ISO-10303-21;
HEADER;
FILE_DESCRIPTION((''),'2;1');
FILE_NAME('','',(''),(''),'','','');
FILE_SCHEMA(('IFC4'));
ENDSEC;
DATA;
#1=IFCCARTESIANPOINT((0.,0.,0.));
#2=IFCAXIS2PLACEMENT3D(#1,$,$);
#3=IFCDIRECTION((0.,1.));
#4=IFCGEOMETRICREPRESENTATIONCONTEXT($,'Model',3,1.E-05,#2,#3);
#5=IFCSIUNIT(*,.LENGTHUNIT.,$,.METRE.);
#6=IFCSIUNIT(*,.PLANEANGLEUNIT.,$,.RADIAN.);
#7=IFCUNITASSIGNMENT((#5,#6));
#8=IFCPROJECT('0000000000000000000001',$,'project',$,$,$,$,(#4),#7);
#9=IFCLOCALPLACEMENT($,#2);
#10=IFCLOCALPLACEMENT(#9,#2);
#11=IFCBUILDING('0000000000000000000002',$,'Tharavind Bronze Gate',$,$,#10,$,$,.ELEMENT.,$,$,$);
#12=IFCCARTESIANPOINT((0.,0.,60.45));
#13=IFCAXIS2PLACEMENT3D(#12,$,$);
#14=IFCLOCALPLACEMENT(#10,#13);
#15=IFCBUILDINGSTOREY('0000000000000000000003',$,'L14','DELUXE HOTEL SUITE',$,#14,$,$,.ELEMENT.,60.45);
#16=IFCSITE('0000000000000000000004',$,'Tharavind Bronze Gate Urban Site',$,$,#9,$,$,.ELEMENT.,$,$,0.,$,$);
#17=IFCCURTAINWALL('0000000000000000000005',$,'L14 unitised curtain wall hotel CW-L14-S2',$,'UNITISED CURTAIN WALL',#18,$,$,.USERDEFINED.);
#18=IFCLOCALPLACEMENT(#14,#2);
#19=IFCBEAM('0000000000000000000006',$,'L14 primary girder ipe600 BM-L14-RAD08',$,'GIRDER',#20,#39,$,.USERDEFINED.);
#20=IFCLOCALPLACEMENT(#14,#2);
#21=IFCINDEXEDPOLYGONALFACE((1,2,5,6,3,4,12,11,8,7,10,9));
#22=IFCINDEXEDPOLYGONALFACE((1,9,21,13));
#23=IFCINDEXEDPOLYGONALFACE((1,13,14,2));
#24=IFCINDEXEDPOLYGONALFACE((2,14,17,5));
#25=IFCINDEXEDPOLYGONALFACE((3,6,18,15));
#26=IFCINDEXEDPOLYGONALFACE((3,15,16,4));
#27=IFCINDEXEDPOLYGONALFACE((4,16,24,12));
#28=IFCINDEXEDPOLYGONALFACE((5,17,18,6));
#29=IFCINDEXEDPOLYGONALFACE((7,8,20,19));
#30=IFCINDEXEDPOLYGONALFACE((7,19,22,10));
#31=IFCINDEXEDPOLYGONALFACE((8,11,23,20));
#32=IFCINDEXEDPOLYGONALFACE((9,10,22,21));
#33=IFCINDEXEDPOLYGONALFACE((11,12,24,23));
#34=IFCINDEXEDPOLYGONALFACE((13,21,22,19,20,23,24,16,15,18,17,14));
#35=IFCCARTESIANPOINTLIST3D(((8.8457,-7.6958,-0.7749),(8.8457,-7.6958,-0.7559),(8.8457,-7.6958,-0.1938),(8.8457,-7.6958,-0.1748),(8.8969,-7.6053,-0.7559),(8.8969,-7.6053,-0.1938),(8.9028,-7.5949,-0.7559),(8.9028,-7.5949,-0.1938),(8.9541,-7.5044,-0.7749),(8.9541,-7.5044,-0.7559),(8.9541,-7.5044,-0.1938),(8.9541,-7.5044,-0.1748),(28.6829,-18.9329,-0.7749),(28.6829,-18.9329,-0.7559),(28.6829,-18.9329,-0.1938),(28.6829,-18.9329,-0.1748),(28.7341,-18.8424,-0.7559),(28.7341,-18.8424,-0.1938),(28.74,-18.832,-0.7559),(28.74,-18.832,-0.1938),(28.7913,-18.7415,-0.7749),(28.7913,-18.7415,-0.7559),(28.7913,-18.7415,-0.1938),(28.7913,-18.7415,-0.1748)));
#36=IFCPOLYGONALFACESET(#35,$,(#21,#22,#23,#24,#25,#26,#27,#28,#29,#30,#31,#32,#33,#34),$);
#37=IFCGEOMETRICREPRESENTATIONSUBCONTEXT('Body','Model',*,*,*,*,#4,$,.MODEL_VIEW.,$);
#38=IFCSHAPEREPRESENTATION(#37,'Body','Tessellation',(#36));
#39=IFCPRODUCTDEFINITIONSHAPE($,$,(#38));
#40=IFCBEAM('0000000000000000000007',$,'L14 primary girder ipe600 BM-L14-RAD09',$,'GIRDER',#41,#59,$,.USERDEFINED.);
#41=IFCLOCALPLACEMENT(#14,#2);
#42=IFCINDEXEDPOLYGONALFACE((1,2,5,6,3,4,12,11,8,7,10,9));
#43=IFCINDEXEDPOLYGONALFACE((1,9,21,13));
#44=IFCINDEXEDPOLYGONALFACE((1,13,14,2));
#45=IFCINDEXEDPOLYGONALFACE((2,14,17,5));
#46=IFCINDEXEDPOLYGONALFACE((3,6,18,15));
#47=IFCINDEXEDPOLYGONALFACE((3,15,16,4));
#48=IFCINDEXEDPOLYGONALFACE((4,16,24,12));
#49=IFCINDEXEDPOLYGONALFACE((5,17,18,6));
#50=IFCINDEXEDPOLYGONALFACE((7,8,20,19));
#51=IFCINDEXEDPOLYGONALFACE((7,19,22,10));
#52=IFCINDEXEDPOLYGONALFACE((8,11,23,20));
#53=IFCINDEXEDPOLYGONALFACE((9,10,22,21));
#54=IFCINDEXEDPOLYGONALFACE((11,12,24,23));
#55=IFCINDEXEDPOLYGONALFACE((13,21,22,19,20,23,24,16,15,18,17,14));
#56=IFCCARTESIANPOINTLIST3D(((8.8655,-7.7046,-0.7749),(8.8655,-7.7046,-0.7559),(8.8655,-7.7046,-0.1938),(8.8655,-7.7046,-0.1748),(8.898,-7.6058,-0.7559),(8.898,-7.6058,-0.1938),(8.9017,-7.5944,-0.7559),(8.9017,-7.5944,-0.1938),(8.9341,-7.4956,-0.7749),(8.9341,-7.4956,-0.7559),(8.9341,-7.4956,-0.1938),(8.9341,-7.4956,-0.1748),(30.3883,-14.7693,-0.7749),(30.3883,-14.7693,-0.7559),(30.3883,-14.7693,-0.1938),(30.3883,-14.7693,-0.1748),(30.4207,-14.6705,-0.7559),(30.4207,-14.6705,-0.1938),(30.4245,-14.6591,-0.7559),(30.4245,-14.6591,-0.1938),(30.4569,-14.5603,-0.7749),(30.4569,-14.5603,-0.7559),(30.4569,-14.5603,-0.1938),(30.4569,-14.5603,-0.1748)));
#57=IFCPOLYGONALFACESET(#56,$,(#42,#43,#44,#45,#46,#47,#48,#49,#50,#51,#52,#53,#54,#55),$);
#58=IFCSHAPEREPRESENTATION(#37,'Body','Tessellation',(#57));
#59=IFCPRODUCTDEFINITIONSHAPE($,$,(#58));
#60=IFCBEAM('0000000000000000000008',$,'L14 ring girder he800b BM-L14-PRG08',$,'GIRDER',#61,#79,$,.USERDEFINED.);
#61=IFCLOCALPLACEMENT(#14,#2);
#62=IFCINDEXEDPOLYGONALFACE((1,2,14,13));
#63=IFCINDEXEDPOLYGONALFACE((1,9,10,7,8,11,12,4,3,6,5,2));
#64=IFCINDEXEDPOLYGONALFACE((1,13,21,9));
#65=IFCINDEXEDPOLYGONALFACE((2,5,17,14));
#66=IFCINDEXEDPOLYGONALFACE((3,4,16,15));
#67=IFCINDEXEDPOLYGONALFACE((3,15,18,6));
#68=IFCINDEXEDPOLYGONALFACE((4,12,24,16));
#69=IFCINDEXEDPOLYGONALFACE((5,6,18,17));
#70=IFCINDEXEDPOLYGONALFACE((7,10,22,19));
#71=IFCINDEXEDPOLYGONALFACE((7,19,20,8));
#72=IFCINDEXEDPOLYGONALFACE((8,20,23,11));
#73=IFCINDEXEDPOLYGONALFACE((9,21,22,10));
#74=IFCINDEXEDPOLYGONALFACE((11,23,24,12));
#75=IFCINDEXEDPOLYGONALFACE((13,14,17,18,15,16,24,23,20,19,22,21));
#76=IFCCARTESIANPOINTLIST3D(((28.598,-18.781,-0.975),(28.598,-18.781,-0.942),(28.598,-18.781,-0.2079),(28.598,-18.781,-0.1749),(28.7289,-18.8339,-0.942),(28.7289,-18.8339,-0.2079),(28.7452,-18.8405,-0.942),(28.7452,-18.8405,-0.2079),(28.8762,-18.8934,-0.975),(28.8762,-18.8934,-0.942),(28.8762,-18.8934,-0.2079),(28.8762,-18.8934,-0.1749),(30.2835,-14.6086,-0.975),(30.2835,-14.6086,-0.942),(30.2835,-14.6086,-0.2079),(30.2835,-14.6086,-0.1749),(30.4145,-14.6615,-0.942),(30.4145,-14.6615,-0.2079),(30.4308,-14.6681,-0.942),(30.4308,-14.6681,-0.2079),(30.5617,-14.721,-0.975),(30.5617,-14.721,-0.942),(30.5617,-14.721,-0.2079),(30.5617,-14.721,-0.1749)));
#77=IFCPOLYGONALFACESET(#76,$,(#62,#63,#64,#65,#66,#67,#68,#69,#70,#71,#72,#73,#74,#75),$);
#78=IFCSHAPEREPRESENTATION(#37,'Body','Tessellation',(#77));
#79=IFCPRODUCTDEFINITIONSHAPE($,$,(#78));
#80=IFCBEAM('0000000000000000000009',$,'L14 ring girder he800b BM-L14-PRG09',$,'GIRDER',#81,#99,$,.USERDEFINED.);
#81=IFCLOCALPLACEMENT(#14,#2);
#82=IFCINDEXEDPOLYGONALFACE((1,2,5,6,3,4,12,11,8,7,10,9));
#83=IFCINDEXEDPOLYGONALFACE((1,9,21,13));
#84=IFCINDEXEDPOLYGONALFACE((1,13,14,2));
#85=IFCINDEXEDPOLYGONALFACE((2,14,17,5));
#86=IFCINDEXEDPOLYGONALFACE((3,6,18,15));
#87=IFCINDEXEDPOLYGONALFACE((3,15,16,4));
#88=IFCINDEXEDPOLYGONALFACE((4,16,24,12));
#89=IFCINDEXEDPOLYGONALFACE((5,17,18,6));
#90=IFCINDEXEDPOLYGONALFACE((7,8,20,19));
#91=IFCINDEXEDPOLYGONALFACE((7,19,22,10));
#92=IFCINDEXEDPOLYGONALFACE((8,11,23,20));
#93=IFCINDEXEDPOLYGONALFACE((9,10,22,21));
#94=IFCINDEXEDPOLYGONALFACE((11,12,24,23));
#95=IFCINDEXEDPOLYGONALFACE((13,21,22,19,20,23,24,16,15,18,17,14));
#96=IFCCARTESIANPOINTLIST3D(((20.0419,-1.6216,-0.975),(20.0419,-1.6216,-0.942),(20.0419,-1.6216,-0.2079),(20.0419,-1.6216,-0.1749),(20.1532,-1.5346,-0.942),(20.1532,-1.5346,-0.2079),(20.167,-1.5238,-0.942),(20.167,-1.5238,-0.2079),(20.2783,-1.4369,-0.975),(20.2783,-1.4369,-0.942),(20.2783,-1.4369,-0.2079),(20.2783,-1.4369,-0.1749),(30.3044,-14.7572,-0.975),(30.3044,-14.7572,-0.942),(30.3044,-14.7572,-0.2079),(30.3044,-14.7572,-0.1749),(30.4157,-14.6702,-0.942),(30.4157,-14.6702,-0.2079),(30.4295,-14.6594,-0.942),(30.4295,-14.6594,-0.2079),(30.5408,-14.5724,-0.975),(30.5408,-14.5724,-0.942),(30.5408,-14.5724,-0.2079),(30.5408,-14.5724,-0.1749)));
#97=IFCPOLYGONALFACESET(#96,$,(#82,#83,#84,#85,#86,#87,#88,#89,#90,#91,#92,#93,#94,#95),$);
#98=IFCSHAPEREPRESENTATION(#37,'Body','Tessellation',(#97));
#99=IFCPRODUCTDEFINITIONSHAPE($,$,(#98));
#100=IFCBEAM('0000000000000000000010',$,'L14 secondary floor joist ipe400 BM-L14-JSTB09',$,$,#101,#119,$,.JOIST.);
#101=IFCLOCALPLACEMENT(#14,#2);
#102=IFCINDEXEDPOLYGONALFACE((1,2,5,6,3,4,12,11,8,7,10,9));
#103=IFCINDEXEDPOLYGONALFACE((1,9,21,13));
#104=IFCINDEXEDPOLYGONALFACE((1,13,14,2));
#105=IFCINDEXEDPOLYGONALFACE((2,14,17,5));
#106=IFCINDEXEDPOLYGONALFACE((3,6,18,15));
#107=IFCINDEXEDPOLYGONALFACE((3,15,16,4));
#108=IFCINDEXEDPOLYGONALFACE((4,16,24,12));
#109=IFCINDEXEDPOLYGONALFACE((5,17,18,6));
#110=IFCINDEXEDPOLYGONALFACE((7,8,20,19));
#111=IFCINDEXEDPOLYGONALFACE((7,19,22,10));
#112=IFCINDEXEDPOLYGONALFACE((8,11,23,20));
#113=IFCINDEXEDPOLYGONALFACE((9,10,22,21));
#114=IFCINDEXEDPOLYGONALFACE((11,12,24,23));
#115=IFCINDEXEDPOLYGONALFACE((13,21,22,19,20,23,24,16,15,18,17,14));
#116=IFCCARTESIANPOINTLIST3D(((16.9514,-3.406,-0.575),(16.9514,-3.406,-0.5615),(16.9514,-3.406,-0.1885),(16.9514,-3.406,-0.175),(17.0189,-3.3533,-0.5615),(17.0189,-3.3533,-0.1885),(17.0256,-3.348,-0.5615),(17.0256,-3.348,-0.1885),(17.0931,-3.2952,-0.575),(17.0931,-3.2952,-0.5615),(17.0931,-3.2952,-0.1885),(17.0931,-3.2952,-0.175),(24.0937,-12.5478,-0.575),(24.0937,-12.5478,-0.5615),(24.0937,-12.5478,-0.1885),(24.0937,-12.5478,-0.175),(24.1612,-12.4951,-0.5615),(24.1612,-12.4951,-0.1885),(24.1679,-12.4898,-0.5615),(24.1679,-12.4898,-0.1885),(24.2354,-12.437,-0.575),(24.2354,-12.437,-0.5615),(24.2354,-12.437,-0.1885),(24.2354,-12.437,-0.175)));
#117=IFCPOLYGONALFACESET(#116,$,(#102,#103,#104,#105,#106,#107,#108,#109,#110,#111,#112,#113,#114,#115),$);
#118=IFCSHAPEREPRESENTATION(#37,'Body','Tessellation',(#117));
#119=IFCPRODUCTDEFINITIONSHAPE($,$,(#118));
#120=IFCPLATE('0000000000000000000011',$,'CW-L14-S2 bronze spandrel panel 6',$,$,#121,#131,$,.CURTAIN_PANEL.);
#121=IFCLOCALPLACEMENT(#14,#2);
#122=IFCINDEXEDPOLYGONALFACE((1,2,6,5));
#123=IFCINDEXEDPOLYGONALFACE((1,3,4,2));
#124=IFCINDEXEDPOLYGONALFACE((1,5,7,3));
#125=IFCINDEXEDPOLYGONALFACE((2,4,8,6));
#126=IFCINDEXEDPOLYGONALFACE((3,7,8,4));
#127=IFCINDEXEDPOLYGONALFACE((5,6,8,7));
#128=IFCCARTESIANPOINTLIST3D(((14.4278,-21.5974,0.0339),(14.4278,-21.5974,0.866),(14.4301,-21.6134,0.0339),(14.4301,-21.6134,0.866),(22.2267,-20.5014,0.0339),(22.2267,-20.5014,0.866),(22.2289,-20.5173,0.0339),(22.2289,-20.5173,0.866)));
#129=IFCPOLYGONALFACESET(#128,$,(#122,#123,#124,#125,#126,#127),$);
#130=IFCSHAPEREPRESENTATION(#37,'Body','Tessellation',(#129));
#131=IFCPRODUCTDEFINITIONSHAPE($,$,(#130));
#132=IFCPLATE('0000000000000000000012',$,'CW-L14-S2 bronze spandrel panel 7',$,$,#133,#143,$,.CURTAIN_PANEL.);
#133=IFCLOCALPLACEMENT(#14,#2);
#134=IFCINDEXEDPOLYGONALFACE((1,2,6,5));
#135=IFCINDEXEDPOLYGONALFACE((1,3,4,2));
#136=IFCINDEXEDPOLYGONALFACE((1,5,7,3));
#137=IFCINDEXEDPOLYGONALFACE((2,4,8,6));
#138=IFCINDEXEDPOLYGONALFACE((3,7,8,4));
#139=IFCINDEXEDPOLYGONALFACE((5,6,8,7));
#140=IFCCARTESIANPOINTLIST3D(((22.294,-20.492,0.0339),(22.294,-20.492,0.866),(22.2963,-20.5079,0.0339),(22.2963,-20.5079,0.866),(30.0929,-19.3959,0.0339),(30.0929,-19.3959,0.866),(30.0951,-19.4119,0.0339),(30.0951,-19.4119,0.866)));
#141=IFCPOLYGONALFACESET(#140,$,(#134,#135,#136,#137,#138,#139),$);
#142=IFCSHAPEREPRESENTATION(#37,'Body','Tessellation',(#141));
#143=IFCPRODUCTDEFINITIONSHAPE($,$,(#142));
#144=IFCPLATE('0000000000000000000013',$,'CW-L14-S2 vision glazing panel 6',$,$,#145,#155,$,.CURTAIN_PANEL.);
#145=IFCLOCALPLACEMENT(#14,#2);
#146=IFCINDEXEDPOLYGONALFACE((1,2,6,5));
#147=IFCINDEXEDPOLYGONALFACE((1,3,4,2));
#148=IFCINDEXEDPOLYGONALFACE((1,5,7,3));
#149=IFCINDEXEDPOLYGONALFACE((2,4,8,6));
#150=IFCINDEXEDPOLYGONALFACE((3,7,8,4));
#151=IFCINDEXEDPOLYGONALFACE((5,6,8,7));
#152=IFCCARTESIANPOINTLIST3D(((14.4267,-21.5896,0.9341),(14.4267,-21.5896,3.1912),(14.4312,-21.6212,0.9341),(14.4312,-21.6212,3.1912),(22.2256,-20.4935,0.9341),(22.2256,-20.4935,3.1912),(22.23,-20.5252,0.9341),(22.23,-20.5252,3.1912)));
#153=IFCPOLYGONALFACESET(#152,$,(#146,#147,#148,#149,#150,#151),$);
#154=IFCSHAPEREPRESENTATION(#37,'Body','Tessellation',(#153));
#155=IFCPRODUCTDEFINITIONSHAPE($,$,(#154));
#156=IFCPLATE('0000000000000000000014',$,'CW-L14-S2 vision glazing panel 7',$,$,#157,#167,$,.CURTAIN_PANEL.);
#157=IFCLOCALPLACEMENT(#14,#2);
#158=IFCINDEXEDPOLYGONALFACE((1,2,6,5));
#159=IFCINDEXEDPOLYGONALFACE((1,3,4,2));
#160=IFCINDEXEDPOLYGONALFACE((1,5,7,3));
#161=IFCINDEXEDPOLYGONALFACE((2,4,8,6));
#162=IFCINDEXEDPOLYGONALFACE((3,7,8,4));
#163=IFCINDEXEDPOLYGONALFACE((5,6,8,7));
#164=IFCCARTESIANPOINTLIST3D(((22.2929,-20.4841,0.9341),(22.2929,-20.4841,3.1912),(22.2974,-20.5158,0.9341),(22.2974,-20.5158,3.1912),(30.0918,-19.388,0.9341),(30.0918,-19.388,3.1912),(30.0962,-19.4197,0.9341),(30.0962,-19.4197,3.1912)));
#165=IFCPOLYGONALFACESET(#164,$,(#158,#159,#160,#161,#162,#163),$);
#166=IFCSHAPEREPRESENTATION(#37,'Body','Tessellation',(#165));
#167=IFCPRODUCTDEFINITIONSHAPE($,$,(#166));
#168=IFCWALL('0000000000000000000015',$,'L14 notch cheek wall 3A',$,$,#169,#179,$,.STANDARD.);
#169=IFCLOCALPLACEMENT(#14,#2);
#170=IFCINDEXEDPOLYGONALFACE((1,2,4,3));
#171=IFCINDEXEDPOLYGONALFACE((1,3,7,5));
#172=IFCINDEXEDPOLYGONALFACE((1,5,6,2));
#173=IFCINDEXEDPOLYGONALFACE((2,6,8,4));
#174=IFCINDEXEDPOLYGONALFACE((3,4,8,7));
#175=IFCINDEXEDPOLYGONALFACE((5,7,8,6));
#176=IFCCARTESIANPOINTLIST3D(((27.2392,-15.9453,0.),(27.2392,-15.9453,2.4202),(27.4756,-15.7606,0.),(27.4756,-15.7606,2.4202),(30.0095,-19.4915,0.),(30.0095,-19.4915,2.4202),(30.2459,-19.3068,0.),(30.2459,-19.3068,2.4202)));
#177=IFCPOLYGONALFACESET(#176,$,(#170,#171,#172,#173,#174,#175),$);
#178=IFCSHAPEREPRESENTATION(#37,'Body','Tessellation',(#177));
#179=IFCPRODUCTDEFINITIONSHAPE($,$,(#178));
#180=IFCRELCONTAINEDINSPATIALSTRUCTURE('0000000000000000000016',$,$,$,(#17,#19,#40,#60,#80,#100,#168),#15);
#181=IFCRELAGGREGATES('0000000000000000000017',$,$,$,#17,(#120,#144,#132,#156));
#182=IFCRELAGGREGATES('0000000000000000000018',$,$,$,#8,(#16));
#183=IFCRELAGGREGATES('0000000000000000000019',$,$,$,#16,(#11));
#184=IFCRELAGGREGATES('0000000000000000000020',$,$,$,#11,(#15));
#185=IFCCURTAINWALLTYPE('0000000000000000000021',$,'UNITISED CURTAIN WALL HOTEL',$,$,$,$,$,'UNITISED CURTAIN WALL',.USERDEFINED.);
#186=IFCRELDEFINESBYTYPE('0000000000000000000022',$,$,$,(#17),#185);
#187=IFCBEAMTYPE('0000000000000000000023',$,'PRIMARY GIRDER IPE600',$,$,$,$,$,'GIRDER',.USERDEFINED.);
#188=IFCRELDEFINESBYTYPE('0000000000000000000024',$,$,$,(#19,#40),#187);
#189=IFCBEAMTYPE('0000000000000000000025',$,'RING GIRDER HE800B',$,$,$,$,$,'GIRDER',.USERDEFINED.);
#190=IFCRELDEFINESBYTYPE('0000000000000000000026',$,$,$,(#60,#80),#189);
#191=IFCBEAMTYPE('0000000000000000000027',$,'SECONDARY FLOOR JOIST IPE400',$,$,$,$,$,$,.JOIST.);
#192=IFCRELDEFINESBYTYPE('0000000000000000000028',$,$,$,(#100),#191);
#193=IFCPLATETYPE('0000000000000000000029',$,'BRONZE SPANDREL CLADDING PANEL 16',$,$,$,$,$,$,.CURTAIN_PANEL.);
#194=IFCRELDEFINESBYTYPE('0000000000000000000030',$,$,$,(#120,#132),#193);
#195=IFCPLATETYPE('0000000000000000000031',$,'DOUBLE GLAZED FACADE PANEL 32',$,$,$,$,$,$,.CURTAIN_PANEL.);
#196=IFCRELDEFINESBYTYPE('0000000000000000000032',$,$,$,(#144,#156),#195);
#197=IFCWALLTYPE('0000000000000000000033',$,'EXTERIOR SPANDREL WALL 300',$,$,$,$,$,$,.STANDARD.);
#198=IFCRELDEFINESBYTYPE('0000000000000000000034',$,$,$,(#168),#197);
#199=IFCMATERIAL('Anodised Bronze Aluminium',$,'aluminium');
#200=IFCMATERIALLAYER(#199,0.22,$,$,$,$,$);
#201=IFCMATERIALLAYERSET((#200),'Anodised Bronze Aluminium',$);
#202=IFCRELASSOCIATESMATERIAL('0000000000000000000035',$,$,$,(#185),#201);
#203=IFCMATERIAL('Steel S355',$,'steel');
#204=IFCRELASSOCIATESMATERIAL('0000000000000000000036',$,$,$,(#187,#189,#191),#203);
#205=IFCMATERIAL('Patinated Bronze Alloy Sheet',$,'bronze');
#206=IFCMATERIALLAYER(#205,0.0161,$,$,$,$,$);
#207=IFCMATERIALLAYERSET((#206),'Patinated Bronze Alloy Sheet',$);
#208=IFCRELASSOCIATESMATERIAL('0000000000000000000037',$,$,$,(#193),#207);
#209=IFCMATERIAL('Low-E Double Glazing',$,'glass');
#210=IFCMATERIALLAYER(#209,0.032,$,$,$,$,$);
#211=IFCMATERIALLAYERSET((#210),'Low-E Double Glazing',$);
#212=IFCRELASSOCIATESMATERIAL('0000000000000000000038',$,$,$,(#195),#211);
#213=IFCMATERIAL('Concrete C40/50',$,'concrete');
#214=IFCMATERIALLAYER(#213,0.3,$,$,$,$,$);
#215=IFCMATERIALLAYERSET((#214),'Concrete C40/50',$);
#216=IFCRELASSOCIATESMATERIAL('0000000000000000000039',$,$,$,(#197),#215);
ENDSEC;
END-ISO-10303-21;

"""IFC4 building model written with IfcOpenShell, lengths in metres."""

from ifc_helpers import new_model, si_unit, direction, frame, frame_2d, origin, origin_2d, place, context, subcontext, project, spatial, rectangle, i_section, extrude, material, layer, layer_set, material_profile, profile_set, type_object, element, aggregate, save


model = new_model("IFC4")

# Units and contexts
model_context = context("Model", 3, precision=1e-05, world=origin(), true_north=direction((0.0, 1.0)))
body_context = subcontext(model_context, "Body", "Model", "MODEL_VIEW")
ifc_project = project(units=[si_unit("LENGTHUNIT", "METRE"), si_unit("PLANEANGLEUNIT", "RADIAN")], contexts=[model_context])

# Site, building, storey
site_placement = place(None, origin())
site = spatial("IfcSite", under=ifc_project, at=site_placement, Name="Tharavind Bronze Gate Urban Site", CompositionType="ELEMENT", RefElevation=0.0)
building_placement = place(site_placement, origin())
building = spatial("IfcBuilding", under=site, at=building_placement, Name="Tharavind Bronze Gate", CompositionType="ELEMENT")
storey_placement = place(building_placement, frame((0.0, 0.0, 60.45)))
storey = spatial("IfcBuildingStorey", under=building, at=storey_placement, Name="L14", Description="DELUXE HOTEL SUITE", CompositionType="ELEMENT", Elevation=60.45)

# Curtain wall
ifc_material_1 = material(Name="Anodised Bronze Aluminium", Category="aluminium")
ifc_layer_1 = layer(ifc_material_1, 0.22)
ifc_layer_set_1 = layer_set([ifc_layer_1], Name="Anodised Bronze Aluminium")
curtain_wall_type = type_object("IfcCurtainWallType", Name="UNITISED CURTAIN WALL HOTEL", ElementType="UNITISED CURTAIN WALL", PredefinedType="USERDEFINED", material=ifc_layer_set_1)
curtain_wall_1_placement = place(storey_placement, origin())
curtain_wall_1 = element("IfcCurtainWall", 1, at=curtain_wall_1_placement, inside=storey, type_object=curtain_wall_type, Name="L14 unitised curtain wall hotel CW-L14-S2", ObjectType="UNITISED CURTAIN WALL", PredefinedType="USERDEFINED")

# Beams
ifc_material_2 = material(Name="Steel S355", Category="steel")
ifc_material_profile_1 = material_profile(ifc_material_2, i_section(OverallWidth=0.22, OverallDepth=0.6001, WebThickness=0.012, FlangeThickness=0.019, at=origin_2d()), Name="IPE600")
ifc_profile_set_1 = profile_set([ifc_material_profile_1], Name="Steel S355")
beam_type_1 = type_object("IfcBeamType", Name="PRIMARY GIRDER IPE600", ElementType="GIRDER", PredefinedType="USERDEFINED", material=ifc_profile_set_1)
beam_1_placement = place(storey_placement, frame((28.7371, -18.8372, -0.4749), z_axis=(-0.870097, 0.49288, 0.0), x_axis=(-0.49288, -0.870097, 0.0)))
element("IfcBeam", 2, at=beam_1_placement, inside=storey, type_object=beam_type_1, Name="L14 primary girder ipe600 BM-L14-RAD08", ObjectType="GIRDER", PredefinedType="USERDEFINED", context=body_context, shape_type="SweptSolid", body=[
    extrude(i_section(OverallWidth=0.22, OverallDepth=0.6001, WebThickness=0.012, FlangeThickness=0.019, at=origin_2d()), origin(), (0.0, 0.0, 1.0), 22.7988),
])
beam_2_placement = place(storey_placement, frame((30.4226, -14.6648, -0.4749), z_axis=(-0.950124, 0.311872, 0.0), x_axis=(-0.311872, -0.950124, 0.0)))
element("IfcBeam", 3, at=beam_2_placement, inside=storey, type_object=beam_type_1, Name="L14 primary girder ipe600 BM-L14-RAD09", ObjectType="GIRDER", PredefinedType="USERDEFINED", context=body_context, shape_type="SweptSolid", body=[
    extrude(i_section(OverallWidth=0.22, OverallDepth=0.6001, WebThickness=0.012, FlangeThickness=0.019, at=origin_2d()), origin(), (0.0, 0.0, 1.0), 22.6526),
])
ifc_material_profile_2 = material_profile(ifc_material_2, i_section(OverallWidth=0.3, OverallDepth=0.8, WebThickness=0.0176, FlangeThickness=0.033, at=origin_2d()), Name="HE800B")
ifc_profile_set_2 = profile_set([ifc_material_profile_2], Name="Steel S355")
beam_type_2 = type_object("IfcBeamType", Name="RING GIRDER HE800B", ElementType="GIRDER", PredefinedType="USERDEFINED", material=ifc_profile_set_2)
beam_3_placement = place(storey_placement, frame((28.7371, -18.8372, -0.575), z_axis=(0.374569, 0.927199, 0.0), x_axis=(-0.927199, 0.374569, 0.0)))
element("IfcBeam", 4, at=beam_3_placement, inside=storey, type_object=beam_type_2, Name="L14 ring girder he800b BM-L14-PRG08", ObjectType="GIRDER", PredefinedType="USERDEFINED", context=body_context, shape_type="SweptSolid", body=[
    extrude(i_section(OverallWidth=0.3, OverallDepth=0.8, WebThickness=0.0176, FlangeThickness=0.033, at=origin_2d()), origin(), (0.0, 0.0, 1.0), 4.5),
])
beam_4_placement = place(storey_placement, frame((30.4226, -14.6648, -0.575), z_axis=(-0.615657, 0.788014, 0.0), x_axis=(-0.788014, -0.615657, 0.0)))
element("IfcBeam", 5, at=beam_4_placement, inside=storey, type_object=beam_type_2, Name="L14 ring girder he800b BM-L14-PRG09", ObjectType="GIRDER", PredefinedType="USERDEFINED", context=body_context, shape_type="SweptSolid", body=[
    extrude(i_section(OverallWidth=0.3, OverallDepth=0.8, WebThickness=0.0176, FlangeThickness=0.033, at=origin_2d()), origin(), (0.0, 0.0, 1.0), 16.6692),
])
ifc_material_profile_3 = material_profile(ifc_material_2, i_section(OverallWidth=0.1799, OverallDepth=0.3999, WebThickness=0.0085, FlangeThickness=0.0134, at=origin_2d()), Name="IPE400")
ifc_profile_set_3 = profile_set([ifc_material_profile_3], Name="Steel S355")
beam_type_3 = type_object("IfcBeamType", Name="SECONDARY FLOOR JOIST IPE400", PredefinedType="JOIST", material=ifc_profile_set_3)
beam_5_placement = place(storey_placement, frame((24.1646, -12.4924, -0.375), z_axis=(-0.615658, 0.788013, 0.0), x_axis=(-0.788013, -0.615658, 0.0)))
element("IfcBeam", 6, at=beam_5_placement, inside=storey, type_object=beam_type_3, Name="L14 secondary floor joist ipe400 BM-L14-JSTB09", PredefinedType="JOIST", context=body_context, shape_type="SweptSolid", body=[
    extrude(i_section(OverallWidth=0.1799, OverallDepth=0.3999, WebThickness=0.0085, FlangeThickness=0.0134, at=origin_2d()), origin(), (0.0, 0.0, 1.0), 11.6011),
])

# Plates
ifc_material_3 = material(Name="Patinated Bronze Alloy Sheet", Category="bronze")
ifc_layer_2 = layer(ifc_material_3, 0.0161)
ifc_layer_set_2 = layer_set([ifc_layer_2], Name="Patinated Bronze Alloy Sheet")
plate_type_1 = type_object("IfcPlateType", Name="BRONZE SPANDREL CLADDING PANEL 16", PredefinedType="CURTAIN_PANEL", material=ifc_layer_set_2)
plate_1_placement = place(storey_placement, frame((18.3284, -21.0574, 0.0339), z_axis=(0.0, 0.0, 1.0), x_axis=(0.990268, 0.139173, 0.0)))
plate_1 = element("IfcPlate", 7, at=plate_1_placement, type_object=plate_type_1, Name="CW-L14-S2 bronze spandrel panel 6", PredefinedType="CURTAIN_PANEL", context=body_context, shape_type="SweptSolid", body=[
    extrude(rectangle(XDim=7.8755, YDim=0.0161, at=origin_2d()), origin(), (0.0, 0.0, 1.0), 0.832),
])
plate_2_placement = place(storey_placement, frame((26.1946, -19.9519, 0.0339), z_axis=(0.0, 0.0, 1.0), x_axis=(0.990268, 0.139173, 0.0)))
plate_2 = element("IfcPlate", 8, at=plate_2_placement, type_object=plate_type_1, Name="CW-L14-S2 bronze spandrel panel 7", PredefinedType="CURTAIN_PANEL", context=body_context, shape_type="SweptSolid", body=[
    extrude(rectangle(XDim=7.8755, YDim=0.0161, at=origin_2d()), origin(), (0.0, 0.0, 1.0), 0.832),
])
ifc_material_4 = material(Name="Low-E Double Glazing", Category="glass")
ifc_layer_3 = layer(ifc_material_4, 0.032)
ifc_layer_set_3 = layer_set([ifc_layer_3], Name="Low-E Double Glazing")
plate_type_2 = type_object("IfcPlateType", Name="DOUBLE GLAZED FACADE PANEL 32", PredefinedType="CURTAIN_PANEL", material=ifc_layer_set_3)
plate_3_placement = place(storey_placement, frame((18.3284, -21.0574, 0.9341), z_axis=(0.0, 0.0, 1.0), x_axis=(0.990268, 0.139173, 0.0)))
plate_3 = element("IfcPlate", 9, at=plate_3_placement, type_object=plate_type_2, Name="CW-L14-S2 vision glazing panel 6", PredefinedType="CURTAIN_PANEL", context=body_context, shape_type="SweptSolid", body=[
    extrude(rectangle(XDim=7.8755, YDim=0.032, at=origin_2d()), origin(), (0.0, 0.0, 1.0), 2.2571),
])
plate_4_placement = place(storey_placement, frame((26.1946, -19.9519, 0.9341), z_axis=(0.0, 0.0, 1.0), x_axis=(0.990268, 0.139173, 0.0)))
plate_4 = element("IfcPlate", 10, at=plate_4_placement, type_object=plate_type_2, Name="CW-L14-S2 vision glazing panel 7", PredefinedType="CURTAIN_PANEL", context=body_context, shape_type="SweptSolid", body=[
    extrude(rectangle(XDim=7.8755, YDim=0.032, at=origin_2d()), origin(), (0.0, 0.0, 1.0), 2.2571),
])
aggregate(curtain_wall_1, [plate_1, plate_3, plate_2, plate_4])

# Wall
ifc_material_5 = material(Name="Concrete C40/50", Category="concrete")
ifc_layer_4 = layer(ifc_material_5, 0.3)
ifc_layer_set_4 = layer_set([ifc_layer_4], Name="Concrete C40/50")
wall_type = type_object("IfcWallType", Name="EXTERIOR SPANDREL WALL 300", PredefinedType="STANDARD", material=ifc_layer_set_4)
wall_1_placement = place(storey_placement, frame((30.1277, -19.3992, 0.0), z_axis=(0.0, 0.0, 1.0), x_axis=(-0.615622, 0.788042, 0.0)))
element("IfcWall", 11, at=wall_1_placement, inside=storey, type_object=wall_type, Name="L14 notch cheek wall 3A", PredefinedType="STANDARD", context=body_context, shape_type="SweptSolid", body=[
    extrude(rectangle(XDim=4.5, YDim=0.3, at=frame_2d((2.25, 0.0))), origin(), (0.0, 0.0, 1.0), 2.4202),
])

save(model, "model.ifc")
